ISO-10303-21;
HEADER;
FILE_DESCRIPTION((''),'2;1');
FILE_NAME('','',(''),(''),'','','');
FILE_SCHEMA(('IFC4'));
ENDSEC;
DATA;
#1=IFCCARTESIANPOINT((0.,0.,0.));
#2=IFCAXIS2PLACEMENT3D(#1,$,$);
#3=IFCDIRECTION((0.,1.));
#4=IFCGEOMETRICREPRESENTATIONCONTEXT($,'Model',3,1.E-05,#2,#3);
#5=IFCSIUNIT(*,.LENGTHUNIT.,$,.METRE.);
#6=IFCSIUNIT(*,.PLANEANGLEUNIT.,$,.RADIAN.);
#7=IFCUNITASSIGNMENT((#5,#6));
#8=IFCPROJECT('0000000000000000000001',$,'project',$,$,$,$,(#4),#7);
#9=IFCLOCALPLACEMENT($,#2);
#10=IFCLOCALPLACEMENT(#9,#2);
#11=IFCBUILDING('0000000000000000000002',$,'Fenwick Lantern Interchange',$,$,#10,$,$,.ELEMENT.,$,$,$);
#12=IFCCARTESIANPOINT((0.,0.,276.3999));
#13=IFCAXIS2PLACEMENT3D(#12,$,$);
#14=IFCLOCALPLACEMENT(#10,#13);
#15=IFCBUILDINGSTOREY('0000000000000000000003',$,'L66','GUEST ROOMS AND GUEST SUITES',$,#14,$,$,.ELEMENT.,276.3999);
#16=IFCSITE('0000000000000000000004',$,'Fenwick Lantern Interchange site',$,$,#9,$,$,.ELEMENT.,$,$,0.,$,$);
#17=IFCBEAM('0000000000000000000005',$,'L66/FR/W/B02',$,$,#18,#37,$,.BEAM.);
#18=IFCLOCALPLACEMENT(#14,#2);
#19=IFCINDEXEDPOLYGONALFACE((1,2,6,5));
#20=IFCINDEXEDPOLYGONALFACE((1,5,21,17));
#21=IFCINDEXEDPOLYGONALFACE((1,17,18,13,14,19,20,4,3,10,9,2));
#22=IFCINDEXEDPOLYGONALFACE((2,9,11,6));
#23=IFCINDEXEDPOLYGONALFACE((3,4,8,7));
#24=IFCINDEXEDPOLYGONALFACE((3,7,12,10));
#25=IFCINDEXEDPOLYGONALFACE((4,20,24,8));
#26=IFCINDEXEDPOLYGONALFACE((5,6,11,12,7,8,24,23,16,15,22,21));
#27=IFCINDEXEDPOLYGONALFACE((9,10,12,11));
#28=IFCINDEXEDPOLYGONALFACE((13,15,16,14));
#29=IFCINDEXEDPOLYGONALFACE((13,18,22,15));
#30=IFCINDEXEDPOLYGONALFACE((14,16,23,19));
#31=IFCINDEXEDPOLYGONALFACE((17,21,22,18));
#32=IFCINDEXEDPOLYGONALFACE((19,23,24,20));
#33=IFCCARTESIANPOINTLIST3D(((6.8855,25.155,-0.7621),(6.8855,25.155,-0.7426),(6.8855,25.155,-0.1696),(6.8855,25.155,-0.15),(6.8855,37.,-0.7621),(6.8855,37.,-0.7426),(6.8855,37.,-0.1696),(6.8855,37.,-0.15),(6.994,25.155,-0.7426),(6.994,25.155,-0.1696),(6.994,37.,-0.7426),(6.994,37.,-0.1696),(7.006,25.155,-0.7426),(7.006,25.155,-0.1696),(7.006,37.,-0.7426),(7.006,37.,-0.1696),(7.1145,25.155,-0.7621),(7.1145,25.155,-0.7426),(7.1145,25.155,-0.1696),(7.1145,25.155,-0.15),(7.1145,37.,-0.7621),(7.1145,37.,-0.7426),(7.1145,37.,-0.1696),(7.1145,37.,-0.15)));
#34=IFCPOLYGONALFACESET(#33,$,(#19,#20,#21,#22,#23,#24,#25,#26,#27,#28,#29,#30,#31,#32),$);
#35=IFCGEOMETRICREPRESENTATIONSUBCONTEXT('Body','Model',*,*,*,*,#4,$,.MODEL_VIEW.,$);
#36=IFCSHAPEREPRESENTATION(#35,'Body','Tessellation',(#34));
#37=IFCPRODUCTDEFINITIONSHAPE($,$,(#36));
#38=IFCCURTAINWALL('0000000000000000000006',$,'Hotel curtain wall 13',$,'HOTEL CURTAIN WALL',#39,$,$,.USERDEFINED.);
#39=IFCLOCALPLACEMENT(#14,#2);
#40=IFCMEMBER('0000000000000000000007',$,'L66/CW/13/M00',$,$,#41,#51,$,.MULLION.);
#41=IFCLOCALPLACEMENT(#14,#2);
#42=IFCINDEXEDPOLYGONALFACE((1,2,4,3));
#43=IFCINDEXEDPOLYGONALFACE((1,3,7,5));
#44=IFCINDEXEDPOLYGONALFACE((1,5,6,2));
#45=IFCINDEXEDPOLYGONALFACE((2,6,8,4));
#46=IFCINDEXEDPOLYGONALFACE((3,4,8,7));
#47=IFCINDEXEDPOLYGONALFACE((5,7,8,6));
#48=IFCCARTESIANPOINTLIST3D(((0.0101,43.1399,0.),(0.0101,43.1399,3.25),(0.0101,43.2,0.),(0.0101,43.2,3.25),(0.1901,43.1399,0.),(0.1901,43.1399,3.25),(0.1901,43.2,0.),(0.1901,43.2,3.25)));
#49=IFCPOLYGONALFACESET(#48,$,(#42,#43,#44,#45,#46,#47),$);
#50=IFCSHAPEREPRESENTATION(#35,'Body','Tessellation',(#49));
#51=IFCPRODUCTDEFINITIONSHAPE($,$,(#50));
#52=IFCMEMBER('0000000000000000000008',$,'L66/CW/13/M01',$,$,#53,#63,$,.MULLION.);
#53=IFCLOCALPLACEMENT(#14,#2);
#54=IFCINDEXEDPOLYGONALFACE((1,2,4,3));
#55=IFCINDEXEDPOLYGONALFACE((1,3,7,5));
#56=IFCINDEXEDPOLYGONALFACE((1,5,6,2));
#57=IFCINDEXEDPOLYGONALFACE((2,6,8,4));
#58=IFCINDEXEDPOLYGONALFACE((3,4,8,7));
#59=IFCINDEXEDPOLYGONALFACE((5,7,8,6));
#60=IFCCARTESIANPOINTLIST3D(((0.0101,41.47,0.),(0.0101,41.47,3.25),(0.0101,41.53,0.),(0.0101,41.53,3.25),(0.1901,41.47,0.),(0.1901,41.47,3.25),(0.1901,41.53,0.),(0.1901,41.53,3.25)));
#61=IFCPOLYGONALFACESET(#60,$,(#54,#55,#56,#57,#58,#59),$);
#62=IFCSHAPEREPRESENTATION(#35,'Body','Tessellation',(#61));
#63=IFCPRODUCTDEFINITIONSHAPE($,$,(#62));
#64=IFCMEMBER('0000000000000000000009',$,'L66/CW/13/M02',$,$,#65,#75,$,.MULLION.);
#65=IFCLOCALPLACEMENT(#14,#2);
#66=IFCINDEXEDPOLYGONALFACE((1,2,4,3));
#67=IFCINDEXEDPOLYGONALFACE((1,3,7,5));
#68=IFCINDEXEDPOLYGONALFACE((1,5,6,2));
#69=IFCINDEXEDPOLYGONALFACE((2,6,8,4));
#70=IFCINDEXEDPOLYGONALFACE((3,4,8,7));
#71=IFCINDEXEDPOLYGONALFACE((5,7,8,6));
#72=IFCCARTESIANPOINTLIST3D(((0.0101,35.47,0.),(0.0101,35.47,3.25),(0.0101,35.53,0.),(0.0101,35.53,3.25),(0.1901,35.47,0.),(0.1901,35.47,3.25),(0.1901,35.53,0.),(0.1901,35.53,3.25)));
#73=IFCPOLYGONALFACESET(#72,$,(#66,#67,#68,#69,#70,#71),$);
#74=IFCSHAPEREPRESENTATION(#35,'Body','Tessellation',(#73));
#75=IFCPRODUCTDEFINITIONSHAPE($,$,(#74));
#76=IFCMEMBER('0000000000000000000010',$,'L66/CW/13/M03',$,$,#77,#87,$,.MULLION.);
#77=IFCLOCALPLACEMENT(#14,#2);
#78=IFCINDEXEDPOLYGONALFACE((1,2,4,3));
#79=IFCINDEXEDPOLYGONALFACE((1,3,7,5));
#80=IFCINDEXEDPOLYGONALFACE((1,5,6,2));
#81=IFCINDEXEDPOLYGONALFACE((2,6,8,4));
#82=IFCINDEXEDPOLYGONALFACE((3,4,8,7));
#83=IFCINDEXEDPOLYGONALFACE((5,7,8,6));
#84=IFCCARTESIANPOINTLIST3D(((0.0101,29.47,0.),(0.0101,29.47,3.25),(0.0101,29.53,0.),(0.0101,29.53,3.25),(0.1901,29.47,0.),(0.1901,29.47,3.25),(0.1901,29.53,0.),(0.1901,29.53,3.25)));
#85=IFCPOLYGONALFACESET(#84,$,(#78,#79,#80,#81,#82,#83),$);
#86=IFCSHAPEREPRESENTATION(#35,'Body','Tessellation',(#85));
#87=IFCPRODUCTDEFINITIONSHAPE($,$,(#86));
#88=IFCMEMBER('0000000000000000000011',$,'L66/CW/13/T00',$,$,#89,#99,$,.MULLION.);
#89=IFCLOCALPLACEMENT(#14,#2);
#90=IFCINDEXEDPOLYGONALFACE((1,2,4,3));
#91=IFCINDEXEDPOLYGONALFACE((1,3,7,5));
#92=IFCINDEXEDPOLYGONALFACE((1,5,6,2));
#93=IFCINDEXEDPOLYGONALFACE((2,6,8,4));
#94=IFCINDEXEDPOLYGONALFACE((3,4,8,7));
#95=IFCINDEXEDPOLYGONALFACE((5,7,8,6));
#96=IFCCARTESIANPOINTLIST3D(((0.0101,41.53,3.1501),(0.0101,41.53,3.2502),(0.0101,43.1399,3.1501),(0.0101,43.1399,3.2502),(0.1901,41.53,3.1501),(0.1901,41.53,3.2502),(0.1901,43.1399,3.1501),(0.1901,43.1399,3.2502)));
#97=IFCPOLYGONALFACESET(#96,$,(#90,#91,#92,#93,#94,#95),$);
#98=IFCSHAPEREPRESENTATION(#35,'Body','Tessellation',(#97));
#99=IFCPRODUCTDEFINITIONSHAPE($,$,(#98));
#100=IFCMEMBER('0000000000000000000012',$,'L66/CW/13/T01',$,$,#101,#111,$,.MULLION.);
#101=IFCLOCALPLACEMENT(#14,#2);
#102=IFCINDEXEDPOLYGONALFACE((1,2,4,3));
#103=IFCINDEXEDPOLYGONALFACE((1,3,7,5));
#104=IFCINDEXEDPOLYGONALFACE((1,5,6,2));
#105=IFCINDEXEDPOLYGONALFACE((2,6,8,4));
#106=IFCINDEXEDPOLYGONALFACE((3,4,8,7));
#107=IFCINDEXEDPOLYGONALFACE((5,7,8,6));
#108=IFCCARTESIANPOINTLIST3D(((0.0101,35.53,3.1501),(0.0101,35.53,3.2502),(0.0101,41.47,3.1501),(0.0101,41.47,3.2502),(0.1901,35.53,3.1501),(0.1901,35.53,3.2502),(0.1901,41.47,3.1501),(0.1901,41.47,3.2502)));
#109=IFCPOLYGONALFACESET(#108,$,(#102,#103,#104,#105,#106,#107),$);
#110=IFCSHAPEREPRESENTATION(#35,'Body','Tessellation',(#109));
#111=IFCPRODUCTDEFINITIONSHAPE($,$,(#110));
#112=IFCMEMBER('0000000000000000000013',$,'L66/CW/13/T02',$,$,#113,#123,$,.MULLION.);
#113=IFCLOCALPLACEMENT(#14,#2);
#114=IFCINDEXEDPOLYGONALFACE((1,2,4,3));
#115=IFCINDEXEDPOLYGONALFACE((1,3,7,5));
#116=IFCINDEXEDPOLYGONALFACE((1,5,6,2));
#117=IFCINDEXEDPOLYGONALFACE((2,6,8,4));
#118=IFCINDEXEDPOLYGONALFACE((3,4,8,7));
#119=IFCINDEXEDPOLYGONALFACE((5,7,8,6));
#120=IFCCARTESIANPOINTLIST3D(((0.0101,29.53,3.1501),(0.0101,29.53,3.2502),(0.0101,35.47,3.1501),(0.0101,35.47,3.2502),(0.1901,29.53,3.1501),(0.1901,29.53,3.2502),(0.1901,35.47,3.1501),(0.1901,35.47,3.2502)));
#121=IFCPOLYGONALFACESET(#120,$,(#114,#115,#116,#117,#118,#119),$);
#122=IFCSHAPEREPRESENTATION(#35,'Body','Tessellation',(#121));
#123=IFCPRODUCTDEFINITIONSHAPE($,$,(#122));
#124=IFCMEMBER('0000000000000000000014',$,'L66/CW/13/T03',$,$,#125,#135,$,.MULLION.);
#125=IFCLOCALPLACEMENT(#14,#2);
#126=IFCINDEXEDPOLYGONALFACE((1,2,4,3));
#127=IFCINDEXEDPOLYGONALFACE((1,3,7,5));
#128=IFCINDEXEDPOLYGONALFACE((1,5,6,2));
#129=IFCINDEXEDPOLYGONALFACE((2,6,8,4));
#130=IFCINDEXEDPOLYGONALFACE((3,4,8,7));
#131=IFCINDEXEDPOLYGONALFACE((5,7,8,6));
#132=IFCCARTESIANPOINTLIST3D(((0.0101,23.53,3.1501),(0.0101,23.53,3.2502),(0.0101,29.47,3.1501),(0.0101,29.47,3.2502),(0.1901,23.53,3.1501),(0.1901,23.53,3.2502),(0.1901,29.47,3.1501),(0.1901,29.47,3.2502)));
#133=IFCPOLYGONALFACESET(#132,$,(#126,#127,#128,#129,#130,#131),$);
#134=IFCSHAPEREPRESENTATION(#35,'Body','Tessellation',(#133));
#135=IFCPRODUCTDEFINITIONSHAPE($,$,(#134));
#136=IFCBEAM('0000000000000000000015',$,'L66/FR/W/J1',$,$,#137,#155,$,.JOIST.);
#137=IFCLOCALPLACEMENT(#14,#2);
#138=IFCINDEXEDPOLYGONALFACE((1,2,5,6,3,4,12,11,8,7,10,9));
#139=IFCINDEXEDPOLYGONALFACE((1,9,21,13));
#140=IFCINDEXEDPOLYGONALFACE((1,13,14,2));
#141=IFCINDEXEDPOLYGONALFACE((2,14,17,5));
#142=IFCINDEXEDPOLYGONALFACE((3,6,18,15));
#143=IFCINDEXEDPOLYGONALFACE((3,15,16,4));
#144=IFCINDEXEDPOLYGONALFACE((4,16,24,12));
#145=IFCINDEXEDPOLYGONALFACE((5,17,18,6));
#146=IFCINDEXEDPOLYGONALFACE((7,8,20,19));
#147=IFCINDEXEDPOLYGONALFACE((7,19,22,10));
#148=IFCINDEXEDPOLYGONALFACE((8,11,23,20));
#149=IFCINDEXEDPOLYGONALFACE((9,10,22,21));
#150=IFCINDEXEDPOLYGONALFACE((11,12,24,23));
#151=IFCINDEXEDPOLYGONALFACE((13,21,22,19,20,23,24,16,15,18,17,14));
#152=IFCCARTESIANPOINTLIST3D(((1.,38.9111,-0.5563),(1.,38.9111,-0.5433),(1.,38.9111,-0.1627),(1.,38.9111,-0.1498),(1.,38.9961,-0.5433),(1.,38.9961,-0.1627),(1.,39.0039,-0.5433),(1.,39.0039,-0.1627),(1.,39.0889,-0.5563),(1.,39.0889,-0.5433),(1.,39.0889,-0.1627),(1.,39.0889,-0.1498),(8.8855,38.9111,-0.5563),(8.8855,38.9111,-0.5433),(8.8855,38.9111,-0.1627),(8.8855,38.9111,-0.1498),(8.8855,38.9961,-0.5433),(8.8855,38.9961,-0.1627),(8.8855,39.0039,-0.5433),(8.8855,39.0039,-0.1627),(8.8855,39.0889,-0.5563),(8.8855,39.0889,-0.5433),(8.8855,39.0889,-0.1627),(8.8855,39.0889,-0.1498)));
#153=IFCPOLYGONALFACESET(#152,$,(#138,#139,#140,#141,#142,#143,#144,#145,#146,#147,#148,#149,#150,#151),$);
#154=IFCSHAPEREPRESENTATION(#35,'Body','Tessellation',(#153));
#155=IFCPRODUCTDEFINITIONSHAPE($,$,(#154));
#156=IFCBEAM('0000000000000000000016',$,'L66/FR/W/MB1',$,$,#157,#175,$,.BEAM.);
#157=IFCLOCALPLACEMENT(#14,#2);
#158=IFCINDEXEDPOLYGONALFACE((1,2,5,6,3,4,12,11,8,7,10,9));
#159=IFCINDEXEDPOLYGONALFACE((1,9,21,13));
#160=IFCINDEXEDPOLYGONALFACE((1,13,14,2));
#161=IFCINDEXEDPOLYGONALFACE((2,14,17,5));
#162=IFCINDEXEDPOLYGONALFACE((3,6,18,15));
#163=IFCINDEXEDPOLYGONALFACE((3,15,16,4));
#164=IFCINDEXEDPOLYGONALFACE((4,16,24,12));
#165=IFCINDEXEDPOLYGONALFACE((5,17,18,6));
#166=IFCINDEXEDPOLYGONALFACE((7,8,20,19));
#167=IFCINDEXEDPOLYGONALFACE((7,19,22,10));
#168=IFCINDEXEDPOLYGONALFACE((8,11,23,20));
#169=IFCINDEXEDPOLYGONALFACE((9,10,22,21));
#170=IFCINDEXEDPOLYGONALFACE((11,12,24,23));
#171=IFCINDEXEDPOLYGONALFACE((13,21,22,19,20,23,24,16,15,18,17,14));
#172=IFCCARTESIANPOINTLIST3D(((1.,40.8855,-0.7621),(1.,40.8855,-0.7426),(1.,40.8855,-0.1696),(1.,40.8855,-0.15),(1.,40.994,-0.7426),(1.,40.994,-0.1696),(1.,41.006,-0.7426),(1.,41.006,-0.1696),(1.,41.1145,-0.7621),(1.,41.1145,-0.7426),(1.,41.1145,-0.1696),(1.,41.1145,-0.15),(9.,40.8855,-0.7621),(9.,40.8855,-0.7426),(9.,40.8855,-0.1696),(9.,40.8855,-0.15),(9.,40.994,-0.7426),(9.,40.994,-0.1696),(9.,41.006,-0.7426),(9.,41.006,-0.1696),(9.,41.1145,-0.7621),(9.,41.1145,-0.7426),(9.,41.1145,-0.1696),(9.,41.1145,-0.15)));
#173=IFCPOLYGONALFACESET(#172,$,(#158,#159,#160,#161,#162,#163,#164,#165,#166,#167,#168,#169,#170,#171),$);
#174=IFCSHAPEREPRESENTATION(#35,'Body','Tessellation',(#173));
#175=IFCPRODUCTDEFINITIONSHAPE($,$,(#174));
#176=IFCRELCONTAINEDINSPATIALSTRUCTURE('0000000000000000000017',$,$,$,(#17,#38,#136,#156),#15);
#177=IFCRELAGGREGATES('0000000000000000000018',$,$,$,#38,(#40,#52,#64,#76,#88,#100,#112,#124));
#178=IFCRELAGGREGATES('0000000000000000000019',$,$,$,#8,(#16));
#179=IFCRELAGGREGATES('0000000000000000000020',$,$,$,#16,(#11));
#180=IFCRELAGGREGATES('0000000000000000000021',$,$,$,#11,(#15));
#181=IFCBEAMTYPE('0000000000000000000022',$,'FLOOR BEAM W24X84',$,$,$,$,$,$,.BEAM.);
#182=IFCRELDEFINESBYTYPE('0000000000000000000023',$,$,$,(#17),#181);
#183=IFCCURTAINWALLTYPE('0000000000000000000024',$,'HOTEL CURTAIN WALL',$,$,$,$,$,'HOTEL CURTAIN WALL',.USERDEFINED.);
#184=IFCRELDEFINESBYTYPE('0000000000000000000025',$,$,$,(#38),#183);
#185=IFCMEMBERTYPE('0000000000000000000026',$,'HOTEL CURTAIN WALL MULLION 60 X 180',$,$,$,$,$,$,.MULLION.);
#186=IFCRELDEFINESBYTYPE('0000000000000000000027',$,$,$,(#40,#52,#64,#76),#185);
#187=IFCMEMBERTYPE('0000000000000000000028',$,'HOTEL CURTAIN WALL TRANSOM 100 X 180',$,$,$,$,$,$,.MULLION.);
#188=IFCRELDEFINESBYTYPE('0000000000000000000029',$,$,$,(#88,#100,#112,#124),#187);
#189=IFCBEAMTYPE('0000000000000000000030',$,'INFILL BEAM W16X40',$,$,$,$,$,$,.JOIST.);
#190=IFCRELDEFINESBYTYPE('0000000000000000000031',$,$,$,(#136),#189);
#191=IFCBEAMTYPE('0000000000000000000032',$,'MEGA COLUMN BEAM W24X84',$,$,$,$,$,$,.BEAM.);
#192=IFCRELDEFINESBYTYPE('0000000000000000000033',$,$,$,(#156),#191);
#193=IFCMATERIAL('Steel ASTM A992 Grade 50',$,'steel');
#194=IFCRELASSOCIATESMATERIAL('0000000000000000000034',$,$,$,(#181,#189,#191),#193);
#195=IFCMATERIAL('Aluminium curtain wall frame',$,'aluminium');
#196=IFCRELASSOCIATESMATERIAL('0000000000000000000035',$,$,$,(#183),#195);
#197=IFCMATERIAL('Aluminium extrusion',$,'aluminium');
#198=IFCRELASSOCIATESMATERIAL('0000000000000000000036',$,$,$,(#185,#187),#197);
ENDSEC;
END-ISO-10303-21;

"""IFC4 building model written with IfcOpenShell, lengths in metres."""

from ifc_helpers import new_model, si_unit, direction, frame, origin, origin_2d, place, context, subcontext, project, spatial, rectangle, i_section, extrude, material, material_profile, profile_set, type_object, element, aggregate, save


model = new_model("IFC4")

# Units and contexts
model_context = context("Model", 3, precision=1e-05, world=origin(), true_north=direction((0.0, 1.0)))
body_context = subcontext(model_context, "Body", "Model", "MODEL_VIEW")
ifc_project = project(units=[si_unit("LENGTHUNIT", "METRE"), si_unit("PLANEANGLEUNIT", "RADIAN")], contexts=[model_context])

# Site, building, storey
site_placement = place(None, origin())
site = spatial("IfcSite", under=ifc_project, at=site_placement, Name="Fenwick Lantern Interchange site", CompositionType="ELEMENT", RefElevation=0.0)
building_placement = place(site_placement, origin())
building = spatial("IfcBuilding", under=site, at=building_placement, Name="Fenwick Lantern Interchange", CompositionType="ELEMENT")
storey_placement = place(building_placement, frame((0.0, 0.0, 276.3999)))
storey = spatial("IfcBuildingStorey", under=building, at=storey_placement, Name="L66", Description="GUEST ROOMS AND GUEST SUITES", CompositionType="ELEMENT", Elevation=276.3999)

# Shared definitions
ifc_material_1 = material(Name="Steel ASTM A992 Grade 50", Category="steel")

# Beam
ifc_material_profile_1 = material_profile(ifc_material_1, i_section(OverallWidth=0.229, OverallDepth=0.6121, WebThickness=0.012, FlangeThickness=0.0195, at=origin_2d()), Name="W24X84")
ifc_profile_set_1 = profile_set([ifc_material_profile_1], Name="Steel ASTM A992 Grade 50")
beam_type_1 = type_object("IfcBeamType", Name="FLOOR BEAM W24X84", PredefinedType="BEAM", material=ifc_profile_set_1)
for number, where, z_axis, x_axis, name in (
    (1, (7.0, 37.0, -0.4561), (0.0, -1.0, 0.0), (1.0, 0.0, 0.0), "L66/FR/W/B02"),
):
    element("IfcBeam", number, at=place(storey_placement, frame(where, z_axis=z_axis, x_axis=x_axis)), inside=storey, type_object=beam_type_1, Name=name, PredefinedType="BEAM", context=body_context, shape_type="SweptSolid", body=[
        extrude(i_section(OverallWidth=0.229, OverallDepth=0.6121, WebThickness=0.012, FlangeThickness=0.0195, at=origin_2d()), origin(), (0.0, 0.0, 1.0), 11.845),
    ])

# Curtain wall, members
ifc_material_2 = material(Name="Aluminium curtain wall frame", Category="aluminium")
curtain_wall_type = type_object("IfcCurtainWallType", Name="HOTEL CURTAIN WALL", ElementType="HOTEL CURTAIN WALL", PredefinedType="USERDEFINED", material=ifc_material_2)
curtain_wall_placement = place(storey_placement, origin())
curtain_wall = element("IfcCurtainWall", 2, at=curtain_wall_placement, inside=storey, type_object=curtain_wall_type, Name="Hotel curtain wall 13", ObjectType="HOTEL CURTAIN WALL", PredefinedType="USERDEFINED")
ifc_material_3 = material(Name="Aluminium extrusion", Category="aluminium")
ifc_material_profile_2 = material_profile(ifc_material_3, rectangle(XDim=0.1799, YDim=0.0601, at=origin_2d()), Name="HOTEL CURTAIN WALL MULLION 60 X 180")
ifc_profile_set_2 = profile_set([ifc_material_profile_2], Name="Aluminium extrusion")
member_type_1 = type_object("IfcMemberType", Name="HOTEL CURTAIN WALL MULLION 60 X 180", PredefinedType="MULLION", material=ifc_profile_set_2)
member_1_placement = place(storey_placement, frame((0.1001, 43.1699, 0.0), z_axis=(0.0, 0.0, 1.0), x_axis=(1.0, 0.0, 0.0)))
member_1 = element("IfcMember", 3, at=member_1_placement, type_object=member_type_1, Name="L66/CW/13/M00", PredefinedType="MULLION", context=body_context, shape_type="SweptSolid", body=[
    extrude(rectangle(XDim=0.1799, YDim=0.0601, at=origin_2d()), origin(), (0.0, 0.0, 1.0), 3.25),
])
member_2_placement = place(storey_placement, frame((0.1001, 41.5, 0.0), z_axis=(0.0, 0.0, 1.0), x_axis=(1.0, 0.0, 0.0)))
member_2 = element("IfcMember", 4, at=member_2_placement, type_object=member_type_1, Name="L66/CW/13/M01", PredefinedType="MULLION", context=body_context, shape_type="SweptSolid", body=[
    extrude(rectangle(XDim=0.1799, YDim=0.0601, at=origin_2d()), origin(), (0.0, 0.0, 1.0), 3.25),
])
member_3_placement = place(storey_placement, frame((0.1001, 35.5, 0.0), z_axis=(0.0, 0.0, 1.0), x_axis=(1.0, 0.0, 0.0)))
member_3 = element("IfcMember", 5, at=member_3_placement, type_object=member_type_1, Name="L66/CW/13/M02", PredefinedType="MULLION", context=body_context, shape_type="SweptSolid", body=[
    extrude(rectangle(XDim=0.1799, YDim=0.0601, at=origin_2d()), origin(), (0.0, 0.0, 1.0), 3.25),
])
member_4_placement = place(storey_placement, frame((0.1001, 29.5, 0.0), z_axis=(0.0, 0.0, 1.0), x_axis=(1.0, 0.0, 0.0)))
member_4 = element("IfcMember", 6, at=member_4_placement, type_object=member_type_1, Name="L66/CW/13/M03", PredefinedType="MULLION", context=body_context, shape_type="SweptSolid", body=[
    extrude(rectangle(XDim=0.1799, YDim=0.0601, at=origin_2d()), origin(), (0.0, 0.0, 1.0), 3.25),
])
ifc_material_profile_3 = material_profile(ifc_material_3, rectangle(XDim=0.1799, YDim=0.1001, at=origin_2d()), Name="HOTEL CURTAIN WALL TRANSOM 100 X 180")
ifc_profile_set_3 = profile_set([ifc_material_profile_3], Name="Aluminium extrusion")
member_type_2 = type_object("IfcMemberType", Name="HOTEL CURTAIN WALL TRANSOM 100 X 180", PredefinedType="MULLION", material=ifc_profile_set_3)
member_5_placement = place(storey_placement, frame((0.1001, 43.1399, 3.2002), z_axis=(0.0, -1.0, 0.0), x_axis=(1.0, 0.0, 0.0)))
member_5 = element("IfcMember", 7, at=member_5_placement, type_object=member_type_2, Name="L66/CW/13/T00", PredefinedType="MULLION", context=body_context, shape_type="SweptSolid", body=[
    extrude(rectangle(XDim=0.1799, YDim=0.1001, at=origin_2d()), origin(), (0.0, 0.0, 1.0), 1.6099),
])
member_6_placement = place(storey_placement, frame((0.1001, 41.47, 3.2002), z_axis=(0.0, -1.0, 0.0), x_axis=(1.0, 0.0, 0.0)))
member_6 = element("IfcMember", 8, at=member_6_placement, type_object=member_type_2, Name="L66/CW/13/T01", PredefinedType="MULLION", context=body_context, shape_type="SweptSolid", body=[
    extrude(rectangle(XDim=0.1799, YDim=0.1001, at=origin_2d()), origin(), (0.0, 0.0, 1.0), 5.9399),
])
member_7_placement = place(storey_placement, frame((0.1001, 35.47, 3.2002), z_axis=(0.0, -1.0, 0.0), x_axis=(1.0, 0.0, 0.0)))
member_7 = element("IfcMember", 9, at=member_7_placement, type_object=member_type_2, Name="L66/CW/13/T02", PredefinedType="MULLION", context=body_context, shape_type="SweptSolid", body=[
    extrude(rectangle(XDim=0.1799, YDim=0.1001, at=origin_2d()), origin(), (0.0, 0.0, 1.0), 5.9399),
])
member_8_placement = place(storey_placement, frame((0.1001, 29.47, 3.2002), z_axis=(0.0, -1.0, 0.0), x_axis=(1.0, 0.0, 0.0)))
member_8 = element("IfcMember", 10, at=member_8_placement, type_object=member_type_2, Name="L66/CW/13/T03", PredefinedType="MULLION", context=body_context, shape_type="SweptSolid", body=[
    extrude(rectangle(XDim=0.1799, YDim=0.1001, at=origin_2d()), origin(), (0.0, 0.0, 1.0), 5.9399),
])

# Beams
ifc_material_profile_4 = material_profile(ifc_material_1, i_section(OverallWidth=0.1777, OverallDepth=0.4065, WebThickness=0.0078, FlangeThickness=0.0129, at=origin_2d()), Name="W16X40")
ifc_profile_set_4 = profile_set([ifc_material_profile_4], Name="Steel ASTM A992 Grade 50")
beam_type_2 = type_object("IfcBeamType", Name="INFILL BEAM W16X40", PredefinedType="JOIST", material=ifc_profile_set_4)
beam_1_placement = place(storey_placement, frame((1.0, 39.0, -0.353), z_axis=(1.0, 0.0, 0.0), x_axis=(0.0, 1.0, 0.0)))
element("IfcBeam", 11, at=beam_1_placement, inside=storey, type_object=beam_type_2, Name="L66/FR/W/J1", PredefinedType="JOIST", context=body_context, shape_type="SweptSolid", body=[
    extrude(i_section(OverallWidth=0.1777, OverallDepth=0.4065, WebThickness=0.0078, FlangeThickness=0.0129, at=origin_2d()), origin(), (0.0, 0.0, 1.0), 7.8855),
])
ifc_material_profile_5 = material_profile(ifc_material_1, i_section(OverallWidth=0.229, OverallDepth=0.6121, WebThickness=0.012, FlangeThickness=0.0195, at=origin_2d()), Name="W24X84")
ifc_profile_set_5 = profile_set([ifc_material_profile_5], Name="Steel ASTM A992 Grade 50")
beam_type_3 = type_object("IfcBeamType", Name="MEGA COLUMN BEAM W24X84", PredefinedType="BEAM", material=ifc_profile_set_5)
for number, where, z_axis, x_axis, name in (
    (12, (9.0, 41.0, -0.4561), (-1.0, 0.0, 0.0), (0.0, -1.0, 0.0), "L66/FR/W/MB1"),
):
    element("IfcBeam", number, at=place(storey_placement, frame(where, z_axis=z_axis, x_axis=x_axis)), inside=storey, type_object=beam_type_3, Name=name, PredefinedType="BEAM", context=body_context, shape_type="SweptSolid", body=[
        extrude(i_section(OverallWidth=0.229, OverallDepth=0.6121, WebThickness=0.012, FlangeThickness=0.0195, at=origin_2d()), origin(), (0.0, 0.0, 1.0), 8.0),
    ])

aggregate(curtain_wall, [member_1, member_2, member_3, member_4, member_5, member_6, member_7, member_8])

save(model, "model.ifc")
